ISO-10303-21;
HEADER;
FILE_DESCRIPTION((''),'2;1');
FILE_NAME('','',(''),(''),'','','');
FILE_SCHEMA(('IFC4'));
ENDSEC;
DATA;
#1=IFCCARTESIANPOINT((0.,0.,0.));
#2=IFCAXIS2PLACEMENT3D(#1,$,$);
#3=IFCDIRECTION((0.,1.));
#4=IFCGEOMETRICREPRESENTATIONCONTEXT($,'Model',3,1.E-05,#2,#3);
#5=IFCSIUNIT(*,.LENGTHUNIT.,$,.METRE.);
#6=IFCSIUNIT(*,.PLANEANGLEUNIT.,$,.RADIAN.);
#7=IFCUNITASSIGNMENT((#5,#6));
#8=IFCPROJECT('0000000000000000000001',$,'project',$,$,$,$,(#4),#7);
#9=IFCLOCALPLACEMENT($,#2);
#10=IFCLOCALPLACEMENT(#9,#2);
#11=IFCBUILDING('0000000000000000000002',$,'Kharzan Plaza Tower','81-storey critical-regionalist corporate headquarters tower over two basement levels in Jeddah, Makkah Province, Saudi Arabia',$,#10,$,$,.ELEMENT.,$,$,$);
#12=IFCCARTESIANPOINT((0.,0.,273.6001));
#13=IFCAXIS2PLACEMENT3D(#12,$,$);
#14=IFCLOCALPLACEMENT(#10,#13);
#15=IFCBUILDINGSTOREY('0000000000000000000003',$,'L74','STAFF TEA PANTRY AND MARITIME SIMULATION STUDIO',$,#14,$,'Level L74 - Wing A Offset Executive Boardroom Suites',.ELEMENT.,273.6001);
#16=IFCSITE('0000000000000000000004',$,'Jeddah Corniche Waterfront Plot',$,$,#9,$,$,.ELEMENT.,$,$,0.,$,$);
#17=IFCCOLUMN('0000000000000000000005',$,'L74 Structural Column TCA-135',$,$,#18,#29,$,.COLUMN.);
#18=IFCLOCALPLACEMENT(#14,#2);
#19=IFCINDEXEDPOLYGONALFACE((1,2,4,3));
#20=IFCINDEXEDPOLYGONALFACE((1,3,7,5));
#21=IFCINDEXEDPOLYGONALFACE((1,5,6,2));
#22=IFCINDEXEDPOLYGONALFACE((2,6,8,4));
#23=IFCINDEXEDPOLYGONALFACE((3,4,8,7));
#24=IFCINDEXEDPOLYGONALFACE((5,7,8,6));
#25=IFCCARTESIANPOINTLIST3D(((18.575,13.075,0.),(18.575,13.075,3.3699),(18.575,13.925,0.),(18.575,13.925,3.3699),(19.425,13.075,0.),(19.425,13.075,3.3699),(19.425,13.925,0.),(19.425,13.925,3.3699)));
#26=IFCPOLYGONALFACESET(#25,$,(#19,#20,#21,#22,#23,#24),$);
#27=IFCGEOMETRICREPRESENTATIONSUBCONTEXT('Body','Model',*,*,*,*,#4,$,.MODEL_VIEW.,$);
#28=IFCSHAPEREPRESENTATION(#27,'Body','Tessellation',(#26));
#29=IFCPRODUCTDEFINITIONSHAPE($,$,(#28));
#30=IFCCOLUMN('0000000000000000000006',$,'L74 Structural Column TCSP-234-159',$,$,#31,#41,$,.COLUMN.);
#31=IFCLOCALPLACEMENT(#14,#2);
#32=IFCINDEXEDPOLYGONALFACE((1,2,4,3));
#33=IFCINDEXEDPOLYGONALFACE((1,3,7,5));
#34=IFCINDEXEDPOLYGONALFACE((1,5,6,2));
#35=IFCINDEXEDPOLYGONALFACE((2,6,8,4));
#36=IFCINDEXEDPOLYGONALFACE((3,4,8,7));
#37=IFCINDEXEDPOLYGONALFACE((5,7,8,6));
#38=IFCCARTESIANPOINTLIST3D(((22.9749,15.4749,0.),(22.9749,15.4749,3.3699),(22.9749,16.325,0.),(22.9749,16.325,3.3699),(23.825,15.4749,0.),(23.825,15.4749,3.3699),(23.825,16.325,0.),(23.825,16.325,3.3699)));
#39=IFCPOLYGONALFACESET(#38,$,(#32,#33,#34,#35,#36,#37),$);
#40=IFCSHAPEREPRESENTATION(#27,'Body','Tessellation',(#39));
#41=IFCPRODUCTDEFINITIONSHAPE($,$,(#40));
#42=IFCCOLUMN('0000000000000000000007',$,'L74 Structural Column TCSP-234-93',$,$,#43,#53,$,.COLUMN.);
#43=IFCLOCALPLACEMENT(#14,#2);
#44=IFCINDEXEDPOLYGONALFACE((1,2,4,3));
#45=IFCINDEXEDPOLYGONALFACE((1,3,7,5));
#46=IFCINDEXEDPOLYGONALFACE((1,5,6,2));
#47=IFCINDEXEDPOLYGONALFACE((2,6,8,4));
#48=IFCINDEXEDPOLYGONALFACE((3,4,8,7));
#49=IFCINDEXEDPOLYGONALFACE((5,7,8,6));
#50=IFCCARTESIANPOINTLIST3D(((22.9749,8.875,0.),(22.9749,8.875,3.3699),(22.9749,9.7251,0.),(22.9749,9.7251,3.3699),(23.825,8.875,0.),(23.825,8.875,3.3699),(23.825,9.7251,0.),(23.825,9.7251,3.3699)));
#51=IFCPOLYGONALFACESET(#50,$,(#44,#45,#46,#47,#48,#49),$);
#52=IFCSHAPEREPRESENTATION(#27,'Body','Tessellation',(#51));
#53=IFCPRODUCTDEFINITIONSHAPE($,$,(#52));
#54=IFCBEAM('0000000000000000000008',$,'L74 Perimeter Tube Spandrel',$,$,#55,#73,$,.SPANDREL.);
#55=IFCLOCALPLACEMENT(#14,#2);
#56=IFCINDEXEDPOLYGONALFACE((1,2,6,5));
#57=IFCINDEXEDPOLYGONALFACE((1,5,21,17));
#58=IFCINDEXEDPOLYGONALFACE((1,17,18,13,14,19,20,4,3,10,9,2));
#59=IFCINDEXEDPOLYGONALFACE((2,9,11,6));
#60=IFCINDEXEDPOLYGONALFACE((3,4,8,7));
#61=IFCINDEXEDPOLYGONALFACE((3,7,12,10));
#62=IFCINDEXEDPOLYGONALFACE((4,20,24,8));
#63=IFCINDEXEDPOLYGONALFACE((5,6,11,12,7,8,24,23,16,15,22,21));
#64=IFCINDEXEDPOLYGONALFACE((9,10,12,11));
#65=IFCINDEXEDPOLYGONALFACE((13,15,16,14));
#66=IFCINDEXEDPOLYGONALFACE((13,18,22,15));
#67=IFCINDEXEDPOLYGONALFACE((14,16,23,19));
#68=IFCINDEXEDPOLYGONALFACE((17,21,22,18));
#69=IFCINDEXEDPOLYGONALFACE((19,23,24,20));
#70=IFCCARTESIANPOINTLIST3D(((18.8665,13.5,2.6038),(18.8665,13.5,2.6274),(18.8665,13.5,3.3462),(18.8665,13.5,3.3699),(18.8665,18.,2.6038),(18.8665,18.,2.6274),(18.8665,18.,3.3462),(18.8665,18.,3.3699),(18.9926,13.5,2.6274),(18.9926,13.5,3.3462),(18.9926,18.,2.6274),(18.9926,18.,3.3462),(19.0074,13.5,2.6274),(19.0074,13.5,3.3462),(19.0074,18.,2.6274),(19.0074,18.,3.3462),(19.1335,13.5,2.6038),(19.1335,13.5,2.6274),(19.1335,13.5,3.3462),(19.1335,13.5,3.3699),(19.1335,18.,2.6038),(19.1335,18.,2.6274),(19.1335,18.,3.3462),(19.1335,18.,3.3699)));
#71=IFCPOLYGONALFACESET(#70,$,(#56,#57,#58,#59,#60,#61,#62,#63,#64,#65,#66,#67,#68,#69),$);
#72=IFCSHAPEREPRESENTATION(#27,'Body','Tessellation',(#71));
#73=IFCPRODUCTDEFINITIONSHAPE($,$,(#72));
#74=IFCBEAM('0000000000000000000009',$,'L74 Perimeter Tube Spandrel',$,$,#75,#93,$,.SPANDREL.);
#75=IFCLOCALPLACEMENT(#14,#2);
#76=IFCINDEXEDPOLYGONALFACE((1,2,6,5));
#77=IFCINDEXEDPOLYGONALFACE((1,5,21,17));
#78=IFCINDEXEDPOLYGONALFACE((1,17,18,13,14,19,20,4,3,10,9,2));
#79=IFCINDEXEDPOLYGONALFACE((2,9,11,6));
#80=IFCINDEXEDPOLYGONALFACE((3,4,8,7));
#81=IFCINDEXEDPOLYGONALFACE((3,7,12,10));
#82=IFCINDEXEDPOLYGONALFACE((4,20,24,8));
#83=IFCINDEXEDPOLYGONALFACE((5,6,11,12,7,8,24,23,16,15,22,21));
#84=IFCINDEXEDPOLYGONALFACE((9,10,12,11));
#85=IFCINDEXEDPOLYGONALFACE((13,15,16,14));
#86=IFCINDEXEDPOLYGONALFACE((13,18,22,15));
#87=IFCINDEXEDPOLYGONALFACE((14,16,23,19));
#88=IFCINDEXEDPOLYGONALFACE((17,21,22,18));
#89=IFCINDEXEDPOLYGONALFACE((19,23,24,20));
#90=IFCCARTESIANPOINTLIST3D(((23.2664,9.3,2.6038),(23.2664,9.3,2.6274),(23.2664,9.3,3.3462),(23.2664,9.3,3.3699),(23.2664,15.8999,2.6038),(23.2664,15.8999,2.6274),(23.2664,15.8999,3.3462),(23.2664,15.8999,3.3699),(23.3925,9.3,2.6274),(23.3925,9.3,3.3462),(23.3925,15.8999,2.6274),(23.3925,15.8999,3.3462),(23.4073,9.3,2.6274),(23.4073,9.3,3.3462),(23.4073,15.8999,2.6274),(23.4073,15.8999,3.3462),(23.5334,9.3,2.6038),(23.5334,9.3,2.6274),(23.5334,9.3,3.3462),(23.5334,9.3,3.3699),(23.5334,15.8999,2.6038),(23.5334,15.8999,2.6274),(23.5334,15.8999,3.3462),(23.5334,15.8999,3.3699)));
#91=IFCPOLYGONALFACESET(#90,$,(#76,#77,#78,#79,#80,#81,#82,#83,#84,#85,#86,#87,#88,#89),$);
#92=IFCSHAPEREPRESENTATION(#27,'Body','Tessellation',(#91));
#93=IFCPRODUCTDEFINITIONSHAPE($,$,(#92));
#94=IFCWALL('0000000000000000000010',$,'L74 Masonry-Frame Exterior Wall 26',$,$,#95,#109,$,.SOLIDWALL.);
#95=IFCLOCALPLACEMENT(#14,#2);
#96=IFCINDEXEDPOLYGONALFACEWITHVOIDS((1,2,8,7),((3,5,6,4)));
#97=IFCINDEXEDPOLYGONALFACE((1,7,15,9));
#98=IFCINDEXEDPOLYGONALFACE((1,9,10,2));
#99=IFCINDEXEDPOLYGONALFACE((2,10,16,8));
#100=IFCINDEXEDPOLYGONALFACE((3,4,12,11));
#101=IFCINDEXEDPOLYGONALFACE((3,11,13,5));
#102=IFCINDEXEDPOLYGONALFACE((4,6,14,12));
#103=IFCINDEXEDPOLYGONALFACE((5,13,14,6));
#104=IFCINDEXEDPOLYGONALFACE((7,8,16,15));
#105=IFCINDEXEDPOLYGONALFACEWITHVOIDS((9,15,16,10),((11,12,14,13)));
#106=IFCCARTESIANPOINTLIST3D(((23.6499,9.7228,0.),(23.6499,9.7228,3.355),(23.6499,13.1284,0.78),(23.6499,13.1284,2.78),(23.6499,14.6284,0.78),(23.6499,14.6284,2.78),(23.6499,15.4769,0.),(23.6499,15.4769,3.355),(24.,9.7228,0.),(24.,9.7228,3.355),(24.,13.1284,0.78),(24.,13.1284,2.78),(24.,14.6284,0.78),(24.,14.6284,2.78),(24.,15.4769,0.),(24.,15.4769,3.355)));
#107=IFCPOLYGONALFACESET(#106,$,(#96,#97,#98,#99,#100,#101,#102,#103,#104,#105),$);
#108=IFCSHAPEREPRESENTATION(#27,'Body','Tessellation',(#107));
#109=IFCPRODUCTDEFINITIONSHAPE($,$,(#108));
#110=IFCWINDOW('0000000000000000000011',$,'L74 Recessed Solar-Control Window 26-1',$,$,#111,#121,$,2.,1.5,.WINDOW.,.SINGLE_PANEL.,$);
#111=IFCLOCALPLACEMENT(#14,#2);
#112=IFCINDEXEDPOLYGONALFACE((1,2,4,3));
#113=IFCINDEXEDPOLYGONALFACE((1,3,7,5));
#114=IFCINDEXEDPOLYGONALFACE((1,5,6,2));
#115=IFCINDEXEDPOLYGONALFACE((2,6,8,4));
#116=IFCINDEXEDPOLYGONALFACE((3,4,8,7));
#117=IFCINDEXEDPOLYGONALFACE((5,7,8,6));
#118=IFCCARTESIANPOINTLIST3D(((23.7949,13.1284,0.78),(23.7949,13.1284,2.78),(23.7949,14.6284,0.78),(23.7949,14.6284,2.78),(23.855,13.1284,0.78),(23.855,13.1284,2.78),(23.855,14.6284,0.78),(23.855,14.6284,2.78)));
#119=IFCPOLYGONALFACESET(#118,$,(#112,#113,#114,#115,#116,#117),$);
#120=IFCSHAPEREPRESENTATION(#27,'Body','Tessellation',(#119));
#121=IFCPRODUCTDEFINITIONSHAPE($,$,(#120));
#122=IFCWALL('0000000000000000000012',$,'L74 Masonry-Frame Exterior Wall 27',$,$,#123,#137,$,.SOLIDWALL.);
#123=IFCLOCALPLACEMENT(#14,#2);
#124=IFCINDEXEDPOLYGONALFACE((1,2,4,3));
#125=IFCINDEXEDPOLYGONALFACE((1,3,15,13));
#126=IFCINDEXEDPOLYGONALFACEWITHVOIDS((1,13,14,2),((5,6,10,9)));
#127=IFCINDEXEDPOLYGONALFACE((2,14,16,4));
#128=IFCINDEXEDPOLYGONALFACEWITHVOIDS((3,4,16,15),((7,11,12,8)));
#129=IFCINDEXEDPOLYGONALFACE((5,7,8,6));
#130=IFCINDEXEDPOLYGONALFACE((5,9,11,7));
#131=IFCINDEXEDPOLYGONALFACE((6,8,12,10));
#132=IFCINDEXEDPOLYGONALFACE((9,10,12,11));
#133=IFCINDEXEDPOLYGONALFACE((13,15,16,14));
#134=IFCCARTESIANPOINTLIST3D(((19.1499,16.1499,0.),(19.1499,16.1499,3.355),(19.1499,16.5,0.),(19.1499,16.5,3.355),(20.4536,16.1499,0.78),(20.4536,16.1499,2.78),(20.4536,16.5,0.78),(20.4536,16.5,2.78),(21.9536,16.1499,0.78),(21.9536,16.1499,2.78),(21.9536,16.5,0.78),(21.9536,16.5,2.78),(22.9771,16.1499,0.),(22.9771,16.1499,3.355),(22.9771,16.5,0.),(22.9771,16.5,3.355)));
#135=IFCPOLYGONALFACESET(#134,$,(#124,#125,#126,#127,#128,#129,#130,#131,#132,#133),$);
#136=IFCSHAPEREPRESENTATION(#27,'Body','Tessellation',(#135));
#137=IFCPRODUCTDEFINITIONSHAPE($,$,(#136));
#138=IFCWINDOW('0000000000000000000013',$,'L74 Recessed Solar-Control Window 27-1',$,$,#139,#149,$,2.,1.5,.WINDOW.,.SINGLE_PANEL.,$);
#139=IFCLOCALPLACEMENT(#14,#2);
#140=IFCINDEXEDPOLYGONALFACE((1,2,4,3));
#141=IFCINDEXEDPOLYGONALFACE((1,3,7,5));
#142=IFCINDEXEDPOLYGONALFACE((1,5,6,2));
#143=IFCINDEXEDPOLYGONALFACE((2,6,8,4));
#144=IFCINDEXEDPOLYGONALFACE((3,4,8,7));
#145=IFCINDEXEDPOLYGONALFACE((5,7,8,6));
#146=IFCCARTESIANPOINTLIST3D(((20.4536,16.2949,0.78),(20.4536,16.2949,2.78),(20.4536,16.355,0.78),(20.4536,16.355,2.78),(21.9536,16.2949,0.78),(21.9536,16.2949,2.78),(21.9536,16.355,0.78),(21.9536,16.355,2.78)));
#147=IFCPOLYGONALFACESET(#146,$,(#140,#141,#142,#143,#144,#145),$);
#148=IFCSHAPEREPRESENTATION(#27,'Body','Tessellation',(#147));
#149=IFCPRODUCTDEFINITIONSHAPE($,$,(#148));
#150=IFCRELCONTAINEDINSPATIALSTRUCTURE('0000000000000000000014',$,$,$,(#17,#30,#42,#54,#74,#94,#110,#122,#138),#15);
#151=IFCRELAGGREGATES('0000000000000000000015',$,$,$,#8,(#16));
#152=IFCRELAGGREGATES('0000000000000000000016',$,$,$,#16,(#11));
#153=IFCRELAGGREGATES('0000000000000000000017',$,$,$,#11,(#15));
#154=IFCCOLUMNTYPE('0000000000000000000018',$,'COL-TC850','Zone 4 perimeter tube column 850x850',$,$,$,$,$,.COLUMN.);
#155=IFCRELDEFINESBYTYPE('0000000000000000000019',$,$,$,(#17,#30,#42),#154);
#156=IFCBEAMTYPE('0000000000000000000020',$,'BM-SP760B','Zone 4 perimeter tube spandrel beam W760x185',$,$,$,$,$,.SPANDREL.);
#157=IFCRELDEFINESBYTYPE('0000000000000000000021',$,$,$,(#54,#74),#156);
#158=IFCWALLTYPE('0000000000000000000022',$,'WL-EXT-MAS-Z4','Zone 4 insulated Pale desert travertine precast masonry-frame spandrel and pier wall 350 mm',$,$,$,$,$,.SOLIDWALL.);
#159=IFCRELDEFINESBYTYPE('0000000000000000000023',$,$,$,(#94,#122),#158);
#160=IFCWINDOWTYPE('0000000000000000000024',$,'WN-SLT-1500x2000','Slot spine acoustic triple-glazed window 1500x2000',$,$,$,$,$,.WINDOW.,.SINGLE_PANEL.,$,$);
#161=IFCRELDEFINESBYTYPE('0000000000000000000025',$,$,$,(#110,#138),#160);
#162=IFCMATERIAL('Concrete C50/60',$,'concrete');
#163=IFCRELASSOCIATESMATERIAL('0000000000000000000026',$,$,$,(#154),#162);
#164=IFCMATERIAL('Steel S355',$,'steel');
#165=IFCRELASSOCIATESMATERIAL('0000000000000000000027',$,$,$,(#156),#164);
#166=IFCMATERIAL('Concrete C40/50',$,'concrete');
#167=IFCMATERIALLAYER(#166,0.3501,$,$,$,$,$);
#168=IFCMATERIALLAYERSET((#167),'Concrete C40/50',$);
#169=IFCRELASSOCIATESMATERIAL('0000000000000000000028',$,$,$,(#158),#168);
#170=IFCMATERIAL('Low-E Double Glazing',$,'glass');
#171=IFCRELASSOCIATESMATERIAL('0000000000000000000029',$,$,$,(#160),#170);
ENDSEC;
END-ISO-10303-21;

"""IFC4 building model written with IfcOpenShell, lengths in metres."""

from ifc_helpers import new_model, si_unit, direction, frame, frame_2d, origin, origin_2d, place, context, subcontext, project, spatial, rectangle, i_section, extrude, source, transform, mapped, material, layer, layer_set, material_profile, profile_set, type_object, element, fill, save


model = new_model("IFC4")

# Units and contexts
model_context = context("Model", 3, precision=1e-05, world=origin(), true_north=direction((0.0, 1.0)))
body_context = subcontext(model_context, "Body", "Model", "MODEL_VIEW")
ifc_project = project(units=[si_unit("LENGTHUNIT", "METRE"), si_unit("PLANEANGLEUNIT", "RADIAN")], contexts=[model_context])

# Site, building, storey
site_placement = place(None, origin())
site = spatial("IfcSite", under=ifc_project, at=site_placement, Name="Jeddah Corniche Waterfront Plot", CompositionType="ELEMENT", RefElevation=0.0)
building_placement = place(site_placement, origin())
building = spatial("IfcBuilding", under=site, at=building_placement, Name="Kharzan Plaza Tower", Description="81-storey critical-regionalist corporate headquarters tower over two basement levels in Jeddah, Makkah Province, Saudi Arabia", CompositionType="ELEMENT")
storey_placement = place(building_placement, frame((0.0, 0.0, 273.6001)))
storey = spatial("IfcBuildingStorey", under=building, at=storey_placement, Name="L74", Description="STAFF TEA PANTRY AND MARITIME SIMULATION STUDIO", LongName="Level L74 - Wing A Offset Executive Boardroom Suites", CompositionType="ELEMENT", Elevation=273.6001)

# Columns
ifc_material_1 = material(Name="Concrete C50/60", Category="concrete")
ifc_material_profile_1 = material_profile(ifc_material_1, rectangle(XDim=0.8501, YDim=0.8501, at=origin_2d()), Name="RC-TC850x850")
ifc_profile_set_1 = profile_set([ifc_material_profile_1], Name="Concrete C50/60")
column_type = type_object("IfcColumnType", Name="COL-TC850", Description="Zone 4 perimeter tube column 850x850", PredefinedType="COLUMN", material=ifc_profile_set_1)
shared_shape_1 = source(origin(), body_context, "Body", "SweptSolid", [
    extrude(rectangle(XDim=0.8501, YDim=0.8501, at=origin_2d()), origin(), (0.0, 0.0, 1.0), 3.3699),
])
for number, where, z_axis, x_axis, name in (
    (1, (19.0, 13.5, 0.0), (0.0, 0.0, 1.0), (1.0, 0.0, 0.0), "L74 Structural Column TCA-135"),
    (2, (23.3999, 15.8999, 0.0), (0.0, 0.0, 1.0), (1.0, 0.0, 0.0), "L74 Structural Column TCSP-234-159"),
    (3, (23.3999, 9.3, 0.0), (0.0, 0.0, 1.0), (1.0, 0.0, 0.0), "L74 Structural Column TCSP-234-93"),
):
    element("IfcColumn", number, at=place(storey_placement, frame(where, z_axis=z_axis, x_axis=x_axis)), inside=storey, type_object=column_type, Name=name, PredefinedType="COLUMN", context=body_context, shape_type="MappedRepresentation", body=[
        mapped(shared_shape_1, transform((0.0, 0.0, 0.0), x_axis=(1.0, 0.0, 0.0), y_axis=(0.0, 1.0, 0.0), z_axis=(0.0, 0.0, 1.0))),
    ])

# Beams
ifc_material_2 = material(Name="Steel S355", Category="steel")
ifc_material_profile_2 = material_profile(ifc_material_2, i_section(OverallWidth=0.2671, OverallDepth=0.7661, WebThickness=0.0149, FlangeThickness=0.0237, at=origin_2d()), Name="W760x185")
ifc_profile_set_2 = profile_set([ifc_material_profile_2], Name="Steel S355")
beam_type = type_object("IfcBeamType", Name="BM-SP760B", Description="Zone 4 perimeter tube spandrel beam W760x185", PredefinedType="SPANDREL", material=ifc_profile_set_2)
shared_shape_2 = source(origin(), body_context, "Body", "SweptSolid", [
    extrude(i_section(OverallWidth=0.2671, OverallDepth=0.7661, WebThickness=0.0149, FlangeThickness=0.0237, at=origin_2d()), origin(), (0.0, 0.0, 1.0), 4.5),
])
beam_1_placement = place(storey_placement, frame((19.0, 13.5, 2.9868), z_axis=(0.0, 1.0, 0.0), x_axis=(-1.0, 0.0, 0.0)))
element("IfcBeam", 4, at=beam_1_placement, inside=storey, type_object=beam_type, Name="L74 Perimeter Tube Spandrel", PredefinedType="SPANDREL", context=body_context, shape_type="MappedRepresentation", body=[
    mapped(shared_shape_2, transform((0.0, 0.0, 0.0), x_axis=(1.0, 0.0, 0.0), y_axis=(0.0, 1.0, 0.0), z_axis=(0.0, 0.0, 1.0))),
])
shared_shape_3 = source(origin(), body_context, "Body", "SweptSolid", [
    extrude(i_section(OverallWidth=0.2671, OverallDepth=0.7661, WebThickness=0.0149, FlangeThickness=0.0237, at=origin_2d()), origin(), (0.0, 0.0, 1.0), 6.5999),
])
beam_2_placement = place(storey_placement, frame((23.3999, 9.3, 2.9868), z_axis=(0.0, 1.0, 0.0), x_axis=(-1.0, 0.0, 0.0)))
element("IfcBeam", 5, at=beam_2_placement, inside=storey, type_object=beam_type, Name="L74 Perimeter Tube Spandrel", PredefinedType="SPANDREL", context=body_context, shape_type="MappedRepresentation", body=[
    mapped(shared_shape_3, transform((0.0, 0.0, 0.0), x_axis=(1.0, 0.0, 0.0), y_axis=(0.0, 1.0, 0.0), z_axis=(0.0, 0.0, 1.0))),
])

# Walls, openings, windows
ifc_material_3 = material(Name="Concrete C40/50", Category="concrete")
ifc_layer_1 = layer(ifc_material_3, 0.3501)
ifc_layer_set_1 = layer_set([ifc_layer_1], Name="Concrete C40/50")
wall_type_1 = type_object("IfcWallType", Name="WL-EXT-MAS-Z4", Description="Zone 4 insulated Pale desert travertine precast masonry-frame spandrel and pier wall 350 mm", PredefinedType="SOLIDWALL", material=ifc_layer_set_1)
wall_1_placement = place(storey_placement, frame((23.825, 9.7229, 0.0), z_axis=(0.0, 0.0, 1.0), x_axis=(0.0, 1.0, 0.0)))
wall_1 = element("IfcWall", 6, at=wall_1_placement, inside=storey, type_object=wall_type_1, Name="L74 Masonry-Frame Exterior Wall 26", PredefinedType="SOLIDWALL", context=body_context, shape_type="SweptSolid", body=[
    extrude(rectangle(XDim=5.7542, YDim=0.3501, at=frame_2d((2.877, 0.0))), origin(), (0.0, 0.0, 1.0), 3.355),
])
opening_1_placement = place(wall_1_placement, frame((3.4055, 0.0, 0.78)))
opening_1 = element("IfcOpeningElement", 7, at=opening_1_placement, cuts=wall_1, PredefinedType="OPENING", context=body_context, shape_type="SweptSolid", body=[
    extrude(rectangle(XDim=1.5, YDim=2.0, at=frame_2d((0.75, 1.0))), frame((0.0, 0.1851, 0.0), z_axis=(0.0, -1.0, 0.0), x_axis=(1.0, 0.0, 0.0)), (0.0, 0.0, 1.0), 0.3701),
])
ifc_material_4 = material(Name="Low-E Double Glazing", Category="glass")
window_type = type_object("IfcWindowType", Name="WN-SLT-1500x2000", Description="Slot spine acoustic triple-glazed window 1500x2000", PartitioningType="SINGLE_PANEL", PredefinedType="WINDOW", material=ifc_material_4)
shared_shape_4 = source(origin(), body_context, "Body", "SweptSolid", [
    extrude(rectangle(XDim=1.5, YDim=2.0, at=frame_2d((0.75, 1.0))), frame((0.0, 0.03, 0.0), z_axis=(0.0, -1.0, 0.0), x_axis=(1.0, 0.0, 0.0)), (0.0, 0.0, 1.0), 0.0601),
])
window_1_placement = place(opening_1_placement, origin())
window_1 = element("IfcWindow", 8, at=window_1_placement, inside=storey, type_object=window_type, Name="L74 Recessed Solar-Control Window 26-1", OverallHeight=2.0, OverallWidth=1.5, PartitioningType="SINGLE_PANEL", PredefinedType="WINDOW", context=body_context, shape_type="MappedRepresentation", body=[
    mapped(shared_shape_4, transform((0.0, 0.0, 0.0), x_axis=(1.0, 0.0, 0.0), y_axis=(0.0, 1.0, 0.0), z_axis=(0.0, 0.0, 1.0))),
])
fill(opening_1, window_1)
wall_2_placement = place(storey_placement, frame((22.9771, 16.325, 0.0), z_axis=(0.0, 0.0, 1.0), x_axis=(-1.0, 0.0, 0.0)))
wall_2 = element("IfcWall", 9, at=wall_2_placement, inside=storey, type_object=wall_type_1, Name="L74 Masonry-Frame Exterior Wall 27", PredefinedType="SOLIDWALL", context=body_context, shape_type="SweptSolid", body=[
    extrude(rectangle(XDim=3.8271, YDim=0.3501, at=frame_2d((1.9136, 0.0))), origin(), (0.0, 0.0, 1.0), 3.355),
])
opening_2_placement = place(wall_2_placement, frame((1.0234, 0.0, 0.78)))
opening_2 = element("IfcOpeningElement", 10, at=opening_2_placement, cuts=wall_2, PredefinedType="OPENING", context=body_context, shape_type="SweptSolid", body=[
    extrude(rectangle(XDim=1.5, YDim=2.0, at=frame_2d((0.75, 1.0))), frame((0.0, 0.1851, 0.0), z_axis=(0.0, -1.0, 0.0), x_axis=(1.0, 0.0, 0.0)), (0.0, 0.0, 1.0), 0.3701),
])
window_2_placement = place(opening_2_placement, origin())
window_2 = element("IfcWindow", 11, at=window_2_placement, inside=storey, type_object=window_type, Name="L74 Recessed Solar-Control Window 27-1", OverallHeight=2.0, OverallWidth=1.5, PartitioningType="SINGLE_PANEL", PredefinedType="WINDOW", context=body_context, shape_type="MappedRepresentation", body=[
    mapped(shared_shape_4, transform((0.0, 0.0, 0.0), x_axis=(1.0, 0.0, 0.0), y_axis=(0.0, 1.0, 0.0), z_axis=(0.0, 0.0, 1.0))),
])
fill(opening_2, window_2)

save(model, "model.ifc")
